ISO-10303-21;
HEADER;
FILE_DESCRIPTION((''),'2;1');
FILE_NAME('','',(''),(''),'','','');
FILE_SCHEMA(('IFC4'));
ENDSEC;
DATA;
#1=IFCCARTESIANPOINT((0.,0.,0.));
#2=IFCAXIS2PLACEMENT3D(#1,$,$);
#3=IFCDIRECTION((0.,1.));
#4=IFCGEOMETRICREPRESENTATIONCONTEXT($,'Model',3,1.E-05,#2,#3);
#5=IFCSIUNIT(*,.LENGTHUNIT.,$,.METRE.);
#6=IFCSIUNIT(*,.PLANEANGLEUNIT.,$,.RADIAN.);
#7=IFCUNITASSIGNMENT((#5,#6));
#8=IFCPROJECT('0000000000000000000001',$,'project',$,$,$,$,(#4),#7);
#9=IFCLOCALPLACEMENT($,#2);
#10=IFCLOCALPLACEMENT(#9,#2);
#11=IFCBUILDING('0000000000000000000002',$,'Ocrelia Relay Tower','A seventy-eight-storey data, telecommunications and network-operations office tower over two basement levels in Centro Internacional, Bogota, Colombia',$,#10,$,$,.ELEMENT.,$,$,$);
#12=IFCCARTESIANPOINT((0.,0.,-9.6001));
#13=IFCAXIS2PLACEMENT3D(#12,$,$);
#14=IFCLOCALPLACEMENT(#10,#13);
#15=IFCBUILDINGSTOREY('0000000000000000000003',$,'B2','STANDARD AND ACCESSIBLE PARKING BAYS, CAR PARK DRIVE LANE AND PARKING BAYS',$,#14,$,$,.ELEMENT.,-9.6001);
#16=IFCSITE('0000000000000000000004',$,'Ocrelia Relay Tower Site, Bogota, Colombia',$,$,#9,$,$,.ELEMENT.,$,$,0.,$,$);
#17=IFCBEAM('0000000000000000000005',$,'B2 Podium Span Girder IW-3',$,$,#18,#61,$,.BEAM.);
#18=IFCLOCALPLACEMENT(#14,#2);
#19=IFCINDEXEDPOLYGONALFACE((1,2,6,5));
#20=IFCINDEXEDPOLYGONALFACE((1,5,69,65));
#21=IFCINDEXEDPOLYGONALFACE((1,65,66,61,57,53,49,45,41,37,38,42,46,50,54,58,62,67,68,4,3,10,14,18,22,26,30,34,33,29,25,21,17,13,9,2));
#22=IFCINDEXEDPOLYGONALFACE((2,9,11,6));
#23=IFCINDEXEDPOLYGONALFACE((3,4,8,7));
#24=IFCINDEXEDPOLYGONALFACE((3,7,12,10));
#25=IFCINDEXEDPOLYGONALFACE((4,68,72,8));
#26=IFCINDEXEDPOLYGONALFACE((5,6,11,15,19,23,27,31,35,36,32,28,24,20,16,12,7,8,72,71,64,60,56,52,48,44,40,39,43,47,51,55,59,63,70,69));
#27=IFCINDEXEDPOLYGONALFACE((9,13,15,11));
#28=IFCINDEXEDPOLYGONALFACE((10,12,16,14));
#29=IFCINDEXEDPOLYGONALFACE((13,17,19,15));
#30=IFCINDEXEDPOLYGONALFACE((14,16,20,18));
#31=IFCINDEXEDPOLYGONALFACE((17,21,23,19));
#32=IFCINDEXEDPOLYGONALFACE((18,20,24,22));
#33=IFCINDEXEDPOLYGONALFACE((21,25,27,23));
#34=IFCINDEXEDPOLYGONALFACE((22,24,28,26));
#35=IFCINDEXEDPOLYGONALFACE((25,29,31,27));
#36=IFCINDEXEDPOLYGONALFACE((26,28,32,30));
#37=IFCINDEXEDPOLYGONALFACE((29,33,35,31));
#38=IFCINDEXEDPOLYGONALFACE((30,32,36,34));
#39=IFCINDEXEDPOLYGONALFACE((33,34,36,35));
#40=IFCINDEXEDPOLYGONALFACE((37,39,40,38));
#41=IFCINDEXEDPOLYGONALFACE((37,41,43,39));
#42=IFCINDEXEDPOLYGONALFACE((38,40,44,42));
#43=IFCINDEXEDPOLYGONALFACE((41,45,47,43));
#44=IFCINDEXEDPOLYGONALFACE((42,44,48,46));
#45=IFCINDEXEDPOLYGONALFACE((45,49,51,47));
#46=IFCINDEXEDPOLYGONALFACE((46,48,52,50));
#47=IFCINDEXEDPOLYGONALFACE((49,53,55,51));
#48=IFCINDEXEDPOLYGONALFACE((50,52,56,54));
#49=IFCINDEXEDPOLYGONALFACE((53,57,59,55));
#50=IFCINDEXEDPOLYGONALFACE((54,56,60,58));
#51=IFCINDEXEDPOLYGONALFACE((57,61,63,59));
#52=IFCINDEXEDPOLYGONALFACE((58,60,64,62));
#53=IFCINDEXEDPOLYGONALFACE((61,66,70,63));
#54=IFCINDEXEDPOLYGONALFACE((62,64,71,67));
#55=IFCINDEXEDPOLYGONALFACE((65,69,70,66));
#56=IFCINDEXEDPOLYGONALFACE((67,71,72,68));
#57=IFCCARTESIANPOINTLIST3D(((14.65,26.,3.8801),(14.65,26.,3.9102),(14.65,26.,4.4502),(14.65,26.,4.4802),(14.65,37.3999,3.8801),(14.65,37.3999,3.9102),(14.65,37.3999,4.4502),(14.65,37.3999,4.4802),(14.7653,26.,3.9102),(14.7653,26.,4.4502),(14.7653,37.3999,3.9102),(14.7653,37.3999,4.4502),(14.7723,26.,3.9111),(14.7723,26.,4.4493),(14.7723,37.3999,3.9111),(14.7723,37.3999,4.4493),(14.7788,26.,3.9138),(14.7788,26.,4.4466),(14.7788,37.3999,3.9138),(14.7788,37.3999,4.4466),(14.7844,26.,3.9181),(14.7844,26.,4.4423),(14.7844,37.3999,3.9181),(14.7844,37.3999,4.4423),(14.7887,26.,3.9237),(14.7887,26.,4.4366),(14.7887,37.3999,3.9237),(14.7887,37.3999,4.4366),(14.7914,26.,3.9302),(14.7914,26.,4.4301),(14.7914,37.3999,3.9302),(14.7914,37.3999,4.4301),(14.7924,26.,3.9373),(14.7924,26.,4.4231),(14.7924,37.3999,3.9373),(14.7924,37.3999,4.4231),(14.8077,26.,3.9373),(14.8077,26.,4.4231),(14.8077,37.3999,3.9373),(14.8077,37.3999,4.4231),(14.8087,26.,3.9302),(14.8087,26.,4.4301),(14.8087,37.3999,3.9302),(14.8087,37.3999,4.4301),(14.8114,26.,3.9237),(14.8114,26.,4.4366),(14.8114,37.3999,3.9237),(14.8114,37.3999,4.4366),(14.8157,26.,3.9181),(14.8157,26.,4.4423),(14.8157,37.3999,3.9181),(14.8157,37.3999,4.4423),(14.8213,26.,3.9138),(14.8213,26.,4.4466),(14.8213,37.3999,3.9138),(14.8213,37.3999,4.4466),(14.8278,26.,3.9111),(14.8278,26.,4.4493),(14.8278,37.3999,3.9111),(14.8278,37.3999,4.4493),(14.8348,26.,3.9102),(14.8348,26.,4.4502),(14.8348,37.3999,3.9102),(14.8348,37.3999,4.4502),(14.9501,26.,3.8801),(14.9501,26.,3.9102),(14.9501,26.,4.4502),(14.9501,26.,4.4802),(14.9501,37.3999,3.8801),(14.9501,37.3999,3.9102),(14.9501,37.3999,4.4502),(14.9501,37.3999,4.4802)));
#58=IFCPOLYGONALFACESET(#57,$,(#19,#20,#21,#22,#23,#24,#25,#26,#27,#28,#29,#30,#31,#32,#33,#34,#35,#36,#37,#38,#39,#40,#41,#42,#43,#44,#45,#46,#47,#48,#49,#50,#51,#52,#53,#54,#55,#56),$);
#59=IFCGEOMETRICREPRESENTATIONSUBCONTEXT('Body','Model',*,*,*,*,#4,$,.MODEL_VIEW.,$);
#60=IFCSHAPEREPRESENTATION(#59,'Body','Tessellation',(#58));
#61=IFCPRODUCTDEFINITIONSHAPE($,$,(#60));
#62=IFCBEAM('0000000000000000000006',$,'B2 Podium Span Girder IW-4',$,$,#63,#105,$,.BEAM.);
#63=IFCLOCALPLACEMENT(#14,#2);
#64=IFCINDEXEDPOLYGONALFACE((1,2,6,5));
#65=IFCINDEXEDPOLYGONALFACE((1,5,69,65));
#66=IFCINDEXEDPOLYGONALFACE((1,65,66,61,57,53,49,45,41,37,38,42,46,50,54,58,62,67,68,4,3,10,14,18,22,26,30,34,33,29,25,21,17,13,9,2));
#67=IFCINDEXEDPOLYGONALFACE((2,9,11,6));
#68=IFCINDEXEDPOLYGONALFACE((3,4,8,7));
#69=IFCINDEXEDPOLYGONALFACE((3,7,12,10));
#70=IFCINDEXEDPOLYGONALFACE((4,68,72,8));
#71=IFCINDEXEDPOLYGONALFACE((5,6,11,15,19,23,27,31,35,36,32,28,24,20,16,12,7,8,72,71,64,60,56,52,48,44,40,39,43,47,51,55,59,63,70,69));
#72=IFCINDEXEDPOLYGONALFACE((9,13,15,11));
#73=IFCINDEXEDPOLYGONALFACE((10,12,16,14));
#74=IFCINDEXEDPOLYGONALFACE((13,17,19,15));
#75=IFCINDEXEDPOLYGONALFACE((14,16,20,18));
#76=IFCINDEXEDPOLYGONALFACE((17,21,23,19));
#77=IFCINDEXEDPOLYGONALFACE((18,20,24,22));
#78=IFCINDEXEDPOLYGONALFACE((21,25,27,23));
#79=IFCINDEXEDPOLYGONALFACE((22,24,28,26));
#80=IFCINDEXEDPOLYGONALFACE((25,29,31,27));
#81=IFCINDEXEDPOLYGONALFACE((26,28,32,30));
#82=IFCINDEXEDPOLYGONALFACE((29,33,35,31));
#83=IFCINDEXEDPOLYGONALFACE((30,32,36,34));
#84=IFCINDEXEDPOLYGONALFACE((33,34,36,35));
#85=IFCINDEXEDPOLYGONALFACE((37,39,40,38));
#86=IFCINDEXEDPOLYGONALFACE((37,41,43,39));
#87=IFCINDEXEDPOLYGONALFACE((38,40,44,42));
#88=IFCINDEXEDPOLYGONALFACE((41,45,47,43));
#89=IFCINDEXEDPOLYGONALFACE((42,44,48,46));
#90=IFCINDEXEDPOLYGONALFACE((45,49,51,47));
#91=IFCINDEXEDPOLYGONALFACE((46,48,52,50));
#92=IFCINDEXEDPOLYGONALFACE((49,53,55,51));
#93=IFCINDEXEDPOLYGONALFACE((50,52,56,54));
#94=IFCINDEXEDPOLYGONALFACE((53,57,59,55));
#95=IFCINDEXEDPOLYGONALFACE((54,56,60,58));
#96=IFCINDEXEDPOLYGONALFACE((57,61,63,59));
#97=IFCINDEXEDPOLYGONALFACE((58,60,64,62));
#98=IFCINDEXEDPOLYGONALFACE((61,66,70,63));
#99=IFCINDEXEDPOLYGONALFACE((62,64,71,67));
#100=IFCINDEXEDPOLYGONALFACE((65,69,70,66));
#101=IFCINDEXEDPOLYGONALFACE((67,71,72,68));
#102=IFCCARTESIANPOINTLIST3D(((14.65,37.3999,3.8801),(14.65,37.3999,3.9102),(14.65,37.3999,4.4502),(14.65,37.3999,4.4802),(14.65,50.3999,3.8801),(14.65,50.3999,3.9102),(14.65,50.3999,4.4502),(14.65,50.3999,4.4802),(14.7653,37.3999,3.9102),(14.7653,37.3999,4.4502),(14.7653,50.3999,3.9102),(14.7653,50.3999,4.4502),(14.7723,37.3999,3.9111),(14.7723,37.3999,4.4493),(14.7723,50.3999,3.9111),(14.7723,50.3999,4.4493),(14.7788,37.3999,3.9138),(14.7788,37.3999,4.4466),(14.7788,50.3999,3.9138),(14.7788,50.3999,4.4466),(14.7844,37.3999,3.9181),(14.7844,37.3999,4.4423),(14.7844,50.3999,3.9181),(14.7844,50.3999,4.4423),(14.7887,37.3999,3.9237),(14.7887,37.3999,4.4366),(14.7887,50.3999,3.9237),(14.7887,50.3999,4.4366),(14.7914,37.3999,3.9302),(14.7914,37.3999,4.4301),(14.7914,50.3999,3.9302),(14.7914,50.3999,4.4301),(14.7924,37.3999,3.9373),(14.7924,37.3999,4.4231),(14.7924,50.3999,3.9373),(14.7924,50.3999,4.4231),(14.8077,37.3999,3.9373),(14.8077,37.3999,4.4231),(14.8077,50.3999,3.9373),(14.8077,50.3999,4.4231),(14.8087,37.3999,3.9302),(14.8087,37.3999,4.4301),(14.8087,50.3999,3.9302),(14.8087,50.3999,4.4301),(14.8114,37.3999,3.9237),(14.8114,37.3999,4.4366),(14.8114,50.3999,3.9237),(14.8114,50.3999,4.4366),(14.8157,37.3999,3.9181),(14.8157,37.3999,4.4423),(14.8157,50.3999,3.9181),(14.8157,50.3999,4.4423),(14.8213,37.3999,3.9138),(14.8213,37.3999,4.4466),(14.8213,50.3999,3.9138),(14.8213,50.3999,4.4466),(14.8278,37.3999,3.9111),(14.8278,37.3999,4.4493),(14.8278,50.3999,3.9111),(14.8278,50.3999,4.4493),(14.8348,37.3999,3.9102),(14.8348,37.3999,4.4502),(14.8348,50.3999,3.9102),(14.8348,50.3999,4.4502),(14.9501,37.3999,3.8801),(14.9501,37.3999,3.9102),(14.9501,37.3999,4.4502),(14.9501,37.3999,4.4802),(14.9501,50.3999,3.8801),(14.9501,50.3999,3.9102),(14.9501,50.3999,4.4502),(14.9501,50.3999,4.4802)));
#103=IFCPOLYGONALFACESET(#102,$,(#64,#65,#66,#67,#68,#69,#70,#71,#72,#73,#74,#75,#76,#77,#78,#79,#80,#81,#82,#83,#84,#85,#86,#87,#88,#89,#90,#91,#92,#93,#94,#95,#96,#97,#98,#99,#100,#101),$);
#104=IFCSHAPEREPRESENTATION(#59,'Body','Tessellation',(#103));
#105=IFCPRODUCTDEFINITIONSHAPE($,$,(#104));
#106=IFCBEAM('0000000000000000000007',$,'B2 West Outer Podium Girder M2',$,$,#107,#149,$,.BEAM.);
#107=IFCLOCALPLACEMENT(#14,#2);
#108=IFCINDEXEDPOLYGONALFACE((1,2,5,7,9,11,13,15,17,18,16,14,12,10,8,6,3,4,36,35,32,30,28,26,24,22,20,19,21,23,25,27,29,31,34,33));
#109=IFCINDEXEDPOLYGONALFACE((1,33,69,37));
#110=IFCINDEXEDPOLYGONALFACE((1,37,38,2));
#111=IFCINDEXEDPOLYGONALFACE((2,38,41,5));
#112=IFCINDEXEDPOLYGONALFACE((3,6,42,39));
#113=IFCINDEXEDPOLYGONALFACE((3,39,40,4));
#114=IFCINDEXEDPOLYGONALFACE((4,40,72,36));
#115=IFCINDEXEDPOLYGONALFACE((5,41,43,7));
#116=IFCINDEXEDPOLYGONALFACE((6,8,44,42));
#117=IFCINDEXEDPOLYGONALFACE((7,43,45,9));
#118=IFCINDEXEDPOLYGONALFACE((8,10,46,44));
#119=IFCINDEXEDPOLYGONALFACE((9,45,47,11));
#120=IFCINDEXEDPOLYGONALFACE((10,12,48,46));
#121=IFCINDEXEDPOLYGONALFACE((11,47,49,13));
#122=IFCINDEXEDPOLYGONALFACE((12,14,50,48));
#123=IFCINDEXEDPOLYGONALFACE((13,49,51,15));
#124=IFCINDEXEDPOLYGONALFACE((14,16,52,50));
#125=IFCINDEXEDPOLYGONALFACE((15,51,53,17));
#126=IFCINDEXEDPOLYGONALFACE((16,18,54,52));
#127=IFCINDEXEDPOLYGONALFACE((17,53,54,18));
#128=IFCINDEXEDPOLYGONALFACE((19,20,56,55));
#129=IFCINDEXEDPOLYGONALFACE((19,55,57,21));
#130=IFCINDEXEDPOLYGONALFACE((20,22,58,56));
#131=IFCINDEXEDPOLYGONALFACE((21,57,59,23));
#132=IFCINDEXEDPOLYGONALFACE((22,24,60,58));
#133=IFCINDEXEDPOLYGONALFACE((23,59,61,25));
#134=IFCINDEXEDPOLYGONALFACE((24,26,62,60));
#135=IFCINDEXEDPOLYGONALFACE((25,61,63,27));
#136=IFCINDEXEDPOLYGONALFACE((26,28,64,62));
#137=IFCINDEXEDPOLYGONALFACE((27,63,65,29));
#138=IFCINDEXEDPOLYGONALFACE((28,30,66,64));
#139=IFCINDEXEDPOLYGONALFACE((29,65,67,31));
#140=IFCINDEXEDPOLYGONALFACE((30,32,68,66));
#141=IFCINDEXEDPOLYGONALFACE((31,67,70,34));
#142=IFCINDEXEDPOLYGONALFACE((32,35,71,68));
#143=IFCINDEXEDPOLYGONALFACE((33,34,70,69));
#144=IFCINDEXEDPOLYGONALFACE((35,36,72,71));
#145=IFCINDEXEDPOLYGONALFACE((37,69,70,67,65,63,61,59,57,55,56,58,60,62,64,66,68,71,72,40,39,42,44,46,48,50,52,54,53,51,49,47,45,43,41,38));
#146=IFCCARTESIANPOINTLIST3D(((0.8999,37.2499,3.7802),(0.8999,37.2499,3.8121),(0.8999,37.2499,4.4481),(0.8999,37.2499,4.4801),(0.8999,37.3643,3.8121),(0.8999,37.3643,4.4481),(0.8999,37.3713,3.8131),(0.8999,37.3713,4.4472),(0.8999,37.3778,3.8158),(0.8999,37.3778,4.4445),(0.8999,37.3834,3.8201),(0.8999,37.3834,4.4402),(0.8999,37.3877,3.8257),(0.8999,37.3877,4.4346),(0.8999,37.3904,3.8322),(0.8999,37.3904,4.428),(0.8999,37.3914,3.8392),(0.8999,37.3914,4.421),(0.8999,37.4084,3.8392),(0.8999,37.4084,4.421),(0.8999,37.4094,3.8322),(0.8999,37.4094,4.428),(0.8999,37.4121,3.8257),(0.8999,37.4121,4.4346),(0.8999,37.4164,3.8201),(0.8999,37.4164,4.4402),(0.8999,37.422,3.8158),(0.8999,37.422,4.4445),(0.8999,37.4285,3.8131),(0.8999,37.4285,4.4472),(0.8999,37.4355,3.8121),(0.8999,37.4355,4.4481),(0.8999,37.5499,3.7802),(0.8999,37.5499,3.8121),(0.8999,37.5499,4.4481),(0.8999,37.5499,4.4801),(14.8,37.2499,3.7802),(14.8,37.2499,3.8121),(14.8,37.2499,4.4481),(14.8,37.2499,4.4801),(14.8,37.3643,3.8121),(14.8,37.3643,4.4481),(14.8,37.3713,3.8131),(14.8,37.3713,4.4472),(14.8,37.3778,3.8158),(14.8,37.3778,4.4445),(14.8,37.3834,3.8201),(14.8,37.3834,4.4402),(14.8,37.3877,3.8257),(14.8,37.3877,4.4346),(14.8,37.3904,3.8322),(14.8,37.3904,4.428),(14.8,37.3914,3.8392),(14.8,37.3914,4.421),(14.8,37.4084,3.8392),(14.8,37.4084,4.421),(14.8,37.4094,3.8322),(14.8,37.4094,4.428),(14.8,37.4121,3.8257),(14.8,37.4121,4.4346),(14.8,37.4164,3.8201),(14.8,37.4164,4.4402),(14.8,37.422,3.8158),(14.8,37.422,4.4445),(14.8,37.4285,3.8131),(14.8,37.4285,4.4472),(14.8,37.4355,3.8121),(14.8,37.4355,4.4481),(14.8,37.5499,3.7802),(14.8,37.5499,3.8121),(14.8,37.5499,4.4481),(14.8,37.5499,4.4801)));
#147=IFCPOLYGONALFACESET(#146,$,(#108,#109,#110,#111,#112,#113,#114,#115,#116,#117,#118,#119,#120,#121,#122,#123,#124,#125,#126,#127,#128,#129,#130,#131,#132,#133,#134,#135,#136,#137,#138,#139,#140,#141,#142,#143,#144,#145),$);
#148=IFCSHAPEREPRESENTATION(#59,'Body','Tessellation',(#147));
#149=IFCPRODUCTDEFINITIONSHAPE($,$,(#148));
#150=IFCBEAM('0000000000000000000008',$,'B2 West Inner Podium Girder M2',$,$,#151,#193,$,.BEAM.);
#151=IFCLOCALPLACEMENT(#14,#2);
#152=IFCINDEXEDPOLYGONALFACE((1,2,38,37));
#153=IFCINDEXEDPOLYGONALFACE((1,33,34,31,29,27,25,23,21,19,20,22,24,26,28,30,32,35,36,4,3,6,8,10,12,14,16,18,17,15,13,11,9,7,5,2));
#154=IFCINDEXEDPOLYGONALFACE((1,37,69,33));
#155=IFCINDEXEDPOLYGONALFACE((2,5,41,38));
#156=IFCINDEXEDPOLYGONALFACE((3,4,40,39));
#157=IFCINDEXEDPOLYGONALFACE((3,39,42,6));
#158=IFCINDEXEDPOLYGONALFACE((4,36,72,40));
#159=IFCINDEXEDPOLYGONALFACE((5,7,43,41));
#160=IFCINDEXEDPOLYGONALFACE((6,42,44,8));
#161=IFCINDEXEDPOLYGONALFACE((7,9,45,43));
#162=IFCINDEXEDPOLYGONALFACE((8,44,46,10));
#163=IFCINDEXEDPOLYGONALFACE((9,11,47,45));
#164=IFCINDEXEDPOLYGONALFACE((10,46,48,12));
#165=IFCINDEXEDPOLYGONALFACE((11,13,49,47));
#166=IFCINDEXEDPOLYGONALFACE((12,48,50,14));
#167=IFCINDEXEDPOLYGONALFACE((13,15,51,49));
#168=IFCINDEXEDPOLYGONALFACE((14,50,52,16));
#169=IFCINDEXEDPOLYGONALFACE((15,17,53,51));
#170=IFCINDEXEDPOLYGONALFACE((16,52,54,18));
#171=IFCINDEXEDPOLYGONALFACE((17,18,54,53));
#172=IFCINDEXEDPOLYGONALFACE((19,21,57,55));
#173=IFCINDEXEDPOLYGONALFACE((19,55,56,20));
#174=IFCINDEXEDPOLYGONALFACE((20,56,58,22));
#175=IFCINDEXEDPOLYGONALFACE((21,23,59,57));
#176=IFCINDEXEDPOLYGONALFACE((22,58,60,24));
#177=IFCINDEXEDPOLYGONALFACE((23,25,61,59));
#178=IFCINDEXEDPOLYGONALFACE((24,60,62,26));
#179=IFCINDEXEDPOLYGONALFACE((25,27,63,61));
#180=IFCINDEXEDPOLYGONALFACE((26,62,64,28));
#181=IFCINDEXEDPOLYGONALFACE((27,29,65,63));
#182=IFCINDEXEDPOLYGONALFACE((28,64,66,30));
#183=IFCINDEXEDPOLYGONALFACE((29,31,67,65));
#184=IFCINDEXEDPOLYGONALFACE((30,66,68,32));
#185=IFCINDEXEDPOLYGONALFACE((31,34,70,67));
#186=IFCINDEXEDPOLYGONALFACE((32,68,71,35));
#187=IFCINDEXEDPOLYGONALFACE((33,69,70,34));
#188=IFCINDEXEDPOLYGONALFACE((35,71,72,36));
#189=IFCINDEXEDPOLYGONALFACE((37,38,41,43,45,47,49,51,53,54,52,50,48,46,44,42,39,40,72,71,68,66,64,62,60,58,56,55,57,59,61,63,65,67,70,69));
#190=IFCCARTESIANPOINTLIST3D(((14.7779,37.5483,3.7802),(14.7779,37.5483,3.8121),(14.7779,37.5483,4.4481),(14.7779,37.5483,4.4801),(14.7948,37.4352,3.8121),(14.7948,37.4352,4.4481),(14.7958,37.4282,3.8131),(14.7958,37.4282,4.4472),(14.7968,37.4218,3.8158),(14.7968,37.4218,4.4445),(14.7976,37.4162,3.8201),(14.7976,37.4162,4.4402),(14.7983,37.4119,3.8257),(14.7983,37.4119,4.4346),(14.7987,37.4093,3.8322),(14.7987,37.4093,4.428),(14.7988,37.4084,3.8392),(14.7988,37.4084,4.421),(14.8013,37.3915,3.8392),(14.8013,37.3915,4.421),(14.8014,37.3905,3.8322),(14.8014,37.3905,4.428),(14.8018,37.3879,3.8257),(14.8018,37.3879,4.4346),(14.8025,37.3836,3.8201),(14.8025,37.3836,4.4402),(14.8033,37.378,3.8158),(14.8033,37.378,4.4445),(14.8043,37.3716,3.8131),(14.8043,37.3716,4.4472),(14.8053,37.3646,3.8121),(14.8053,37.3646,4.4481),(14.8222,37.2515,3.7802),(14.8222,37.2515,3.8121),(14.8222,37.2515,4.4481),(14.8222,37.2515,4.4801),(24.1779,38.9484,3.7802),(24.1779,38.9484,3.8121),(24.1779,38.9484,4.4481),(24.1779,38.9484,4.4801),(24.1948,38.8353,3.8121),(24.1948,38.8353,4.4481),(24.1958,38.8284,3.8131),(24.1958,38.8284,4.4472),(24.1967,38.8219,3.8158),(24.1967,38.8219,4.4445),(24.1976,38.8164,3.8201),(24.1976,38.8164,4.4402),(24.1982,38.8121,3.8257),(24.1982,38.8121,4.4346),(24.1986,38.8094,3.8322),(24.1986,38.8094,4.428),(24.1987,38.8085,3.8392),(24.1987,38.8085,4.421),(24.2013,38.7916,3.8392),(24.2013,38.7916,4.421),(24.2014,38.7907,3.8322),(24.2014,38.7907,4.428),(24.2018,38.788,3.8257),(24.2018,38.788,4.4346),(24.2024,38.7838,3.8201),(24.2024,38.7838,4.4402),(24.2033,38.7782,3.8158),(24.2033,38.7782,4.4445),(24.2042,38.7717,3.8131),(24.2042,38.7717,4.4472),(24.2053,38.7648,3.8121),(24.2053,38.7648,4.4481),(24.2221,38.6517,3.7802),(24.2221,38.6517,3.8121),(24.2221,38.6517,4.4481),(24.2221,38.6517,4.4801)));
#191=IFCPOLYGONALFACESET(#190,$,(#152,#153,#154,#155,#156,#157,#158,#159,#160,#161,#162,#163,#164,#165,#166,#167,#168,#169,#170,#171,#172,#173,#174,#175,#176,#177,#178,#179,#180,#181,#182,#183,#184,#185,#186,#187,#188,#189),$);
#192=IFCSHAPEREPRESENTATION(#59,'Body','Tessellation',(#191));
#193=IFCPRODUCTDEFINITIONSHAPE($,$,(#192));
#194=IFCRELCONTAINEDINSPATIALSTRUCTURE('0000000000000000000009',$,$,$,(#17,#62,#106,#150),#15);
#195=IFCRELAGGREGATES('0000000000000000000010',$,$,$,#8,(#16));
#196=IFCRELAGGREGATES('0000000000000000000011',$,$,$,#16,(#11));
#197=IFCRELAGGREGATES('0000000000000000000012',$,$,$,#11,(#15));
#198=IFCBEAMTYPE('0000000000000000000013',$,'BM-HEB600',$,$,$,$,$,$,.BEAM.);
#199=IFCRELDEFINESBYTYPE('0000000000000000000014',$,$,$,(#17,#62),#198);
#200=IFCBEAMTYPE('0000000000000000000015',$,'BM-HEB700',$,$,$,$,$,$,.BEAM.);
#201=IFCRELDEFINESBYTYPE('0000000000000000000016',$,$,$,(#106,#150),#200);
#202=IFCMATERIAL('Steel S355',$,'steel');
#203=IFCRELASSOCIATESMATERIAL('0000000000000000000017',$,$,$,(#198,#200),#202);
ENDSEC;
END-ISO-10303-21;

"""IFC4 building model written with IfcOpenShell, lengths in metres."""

from ifc_helpers import new_model, si_unit, direction, frame, origin, origin_2d, place, context, subcontext, project, spatial, i_section, extrude, material, material_profile, profile_set, type_object, element, save


model = new_model("IFC4")

# Units and contexts
model_context = context("Model", 3, precision=1e-05, world=origin(), true_north=direction((0.0, 1.0)))
body_context = subcontext(model_context, "Body", "Model", "MODEL_VIEW")
ifc_project = project(units=[si_unit("LENGTHUNIT", "METRE"), si_unit("PLANEANGLEUNIT", "RADIAN")], contexts=[model_context])

# Site, building, storey
site_placement = place(None, origin())
site = spatial("IfcSite", under=ifc_project, at=site_placement, Name="Ocrelia Relay Tower Site, Bogota, Colombia", CompositionType="ELEMENT", RefElevation=0.0)
building_placement = place(site_placement, origin())
building = spatial("IfcBuilding", under=site, at=building_placement, Name="Ocrelia Relay Tower", Description="A seventy-eight-storey data, telecommunications and network-operations office tower over two basement levels in Centro Internacional, Bogota, Colombia", CompositionType="ELEMENT")
storey_placement = place(building_placement, frame((0.0, 0.0, -9.6001)))
storey = spatial("IfcBuildingStorey", under=building, at=storey_placement, Name="B2", Description="STANDARD AND ACCESSIBLE PARKING BAYS, CAR PARK DRIVE LANE AND PARKING BAYS", CompositionType="ELEMENT", Elevation=-9.6001)

# Beams
ifc_material_1 = material(Name="Steel S355", Category="steel")
ifc_material_profile_1 = material_profile(ifc_material_1, i_section(OverallWidth=0.3, OverallDepth=0.6001, WebThickness=0.0154, FlangeThickness=0.03, FilletRadius=0.0271, at=origin_2d()), Name="HEB 600")
ifc_profile_set_1 = profile_set([ifc_material_profile_1], Name="Steel S355")
beam_type_1 = type_object("IfcBeamType", Name="BM-HEB600", PredefinedType="BEAM", material=ifc_profile_set_1)
beam_1_placement = place(storey_placement, frame((14.8, 26.0, 4.1802), z_axis=(0.0, 1.0, 0.0), x_axis=(-1.0, 0.0, 0.0)))
element("IfcBeam", 1, at=beam_1_placement, inside=storey, type_object=beam_type_1, Name="B2 Podium Span Girder IW-3", PredefinedType="BEAM", context=body_context, shape_type="SweptSolid", body=[
    extrude(i_section(OverallWidth=0.3, OverallDepth=0.6001, WebThickness=0.0154, FlangeThickness=0.03, FilletRadius=0.0271, at=origin_2d()), origin(), (0.0, 0.0, 1.0), 11.3999),
])
beam_2_placement = place(storey_placement, frame((14.8, 37.3999, 4.1802), z_axis=(0.0, 1.0, 0.0), x_axis=(-1.0, 0.0, 0.0)))
element("IfcBeam", 2, at=beam_2_placement, inside=storey, type_object=beam_type_1, Name="B2 Podium Span Girder IW-4", PredefinedType="BEAM", context=body_context, shape_type="SweptSolid", body=[
    extrude(i_section(OverallWidth=0.3, OverallDepth=0.6001, WebThickness=0.0154, FlangeThickness=0.03, FilletRadius=0.0271, at=origin_2d()), origin(), (0.0, 0.0, 1.0), 13.0),
])
ifc_material_profile_2 = material_profile(ifc_material_1, i_section(OverallWidth=0.3, OverallDepth=0.7, WebThickness=0.0171, FlangeThickness=0.032, FilletRadius=0.0271, at=origin_2d()), Name="HEB 700")
ifc_profile_set_2 = profile_set([ifc_material_profile_2], Name="Steel S355")
beam_type_2 = type_object("IfcBeamType", Name="BM-HEB700", PredefinedType="BEAM", material=ifc_profile_set_2)
beam_3_placement = place(storey_placement, frame((0.8999, 37.3999, 4.1301), z_axis=(1.0, 0.0, 0.0), x_axis=(0.0, 1.0, 0.0)))
element("IfcBeam", 3, at=beam_3_placement, inside=storey, type_object=beam_type_2, Name="B2 West Outer Podium Girder M2", PredefinedType="BEAM", context=body_context, shape_type="SweptSolid", body=[
    extrude(i_section(OverallWidth=0.3, OverallDepth=0.7, WebThickness=0.0171, FlangeThickness=0.032, FilletRadius=0.0271, at=origin_2d()), origin(), (0.0, 0.0, 1.0), 13.9001),
])
beam_4_placement = place(storey_placement, frame((14.8, 37.3999, 4.1301), z_axis=(0.989088, 0.147328, 0.0), x_axis=(-0.147328, 0.989088, 0.0)))
element("IfcBeam", 4, at=beam_4_placement, inside=storey, type_object=beam_type_2, Name="B2 West Inner Podium Girder M2", PredefinedType="BEAM", context=body_context, shape_type="SweptSolid", body=[
    extrude(i_section(OverallWidth=0.3, OverallDepth=0.7, WebThickness=0.0171, FlangeThickness=0.032, FilletRadius=0.0271, at=origin_2d()), origin(), (0.0, 0.0, 1.0), 9.5037),
])

save(model, "model.ifc")
